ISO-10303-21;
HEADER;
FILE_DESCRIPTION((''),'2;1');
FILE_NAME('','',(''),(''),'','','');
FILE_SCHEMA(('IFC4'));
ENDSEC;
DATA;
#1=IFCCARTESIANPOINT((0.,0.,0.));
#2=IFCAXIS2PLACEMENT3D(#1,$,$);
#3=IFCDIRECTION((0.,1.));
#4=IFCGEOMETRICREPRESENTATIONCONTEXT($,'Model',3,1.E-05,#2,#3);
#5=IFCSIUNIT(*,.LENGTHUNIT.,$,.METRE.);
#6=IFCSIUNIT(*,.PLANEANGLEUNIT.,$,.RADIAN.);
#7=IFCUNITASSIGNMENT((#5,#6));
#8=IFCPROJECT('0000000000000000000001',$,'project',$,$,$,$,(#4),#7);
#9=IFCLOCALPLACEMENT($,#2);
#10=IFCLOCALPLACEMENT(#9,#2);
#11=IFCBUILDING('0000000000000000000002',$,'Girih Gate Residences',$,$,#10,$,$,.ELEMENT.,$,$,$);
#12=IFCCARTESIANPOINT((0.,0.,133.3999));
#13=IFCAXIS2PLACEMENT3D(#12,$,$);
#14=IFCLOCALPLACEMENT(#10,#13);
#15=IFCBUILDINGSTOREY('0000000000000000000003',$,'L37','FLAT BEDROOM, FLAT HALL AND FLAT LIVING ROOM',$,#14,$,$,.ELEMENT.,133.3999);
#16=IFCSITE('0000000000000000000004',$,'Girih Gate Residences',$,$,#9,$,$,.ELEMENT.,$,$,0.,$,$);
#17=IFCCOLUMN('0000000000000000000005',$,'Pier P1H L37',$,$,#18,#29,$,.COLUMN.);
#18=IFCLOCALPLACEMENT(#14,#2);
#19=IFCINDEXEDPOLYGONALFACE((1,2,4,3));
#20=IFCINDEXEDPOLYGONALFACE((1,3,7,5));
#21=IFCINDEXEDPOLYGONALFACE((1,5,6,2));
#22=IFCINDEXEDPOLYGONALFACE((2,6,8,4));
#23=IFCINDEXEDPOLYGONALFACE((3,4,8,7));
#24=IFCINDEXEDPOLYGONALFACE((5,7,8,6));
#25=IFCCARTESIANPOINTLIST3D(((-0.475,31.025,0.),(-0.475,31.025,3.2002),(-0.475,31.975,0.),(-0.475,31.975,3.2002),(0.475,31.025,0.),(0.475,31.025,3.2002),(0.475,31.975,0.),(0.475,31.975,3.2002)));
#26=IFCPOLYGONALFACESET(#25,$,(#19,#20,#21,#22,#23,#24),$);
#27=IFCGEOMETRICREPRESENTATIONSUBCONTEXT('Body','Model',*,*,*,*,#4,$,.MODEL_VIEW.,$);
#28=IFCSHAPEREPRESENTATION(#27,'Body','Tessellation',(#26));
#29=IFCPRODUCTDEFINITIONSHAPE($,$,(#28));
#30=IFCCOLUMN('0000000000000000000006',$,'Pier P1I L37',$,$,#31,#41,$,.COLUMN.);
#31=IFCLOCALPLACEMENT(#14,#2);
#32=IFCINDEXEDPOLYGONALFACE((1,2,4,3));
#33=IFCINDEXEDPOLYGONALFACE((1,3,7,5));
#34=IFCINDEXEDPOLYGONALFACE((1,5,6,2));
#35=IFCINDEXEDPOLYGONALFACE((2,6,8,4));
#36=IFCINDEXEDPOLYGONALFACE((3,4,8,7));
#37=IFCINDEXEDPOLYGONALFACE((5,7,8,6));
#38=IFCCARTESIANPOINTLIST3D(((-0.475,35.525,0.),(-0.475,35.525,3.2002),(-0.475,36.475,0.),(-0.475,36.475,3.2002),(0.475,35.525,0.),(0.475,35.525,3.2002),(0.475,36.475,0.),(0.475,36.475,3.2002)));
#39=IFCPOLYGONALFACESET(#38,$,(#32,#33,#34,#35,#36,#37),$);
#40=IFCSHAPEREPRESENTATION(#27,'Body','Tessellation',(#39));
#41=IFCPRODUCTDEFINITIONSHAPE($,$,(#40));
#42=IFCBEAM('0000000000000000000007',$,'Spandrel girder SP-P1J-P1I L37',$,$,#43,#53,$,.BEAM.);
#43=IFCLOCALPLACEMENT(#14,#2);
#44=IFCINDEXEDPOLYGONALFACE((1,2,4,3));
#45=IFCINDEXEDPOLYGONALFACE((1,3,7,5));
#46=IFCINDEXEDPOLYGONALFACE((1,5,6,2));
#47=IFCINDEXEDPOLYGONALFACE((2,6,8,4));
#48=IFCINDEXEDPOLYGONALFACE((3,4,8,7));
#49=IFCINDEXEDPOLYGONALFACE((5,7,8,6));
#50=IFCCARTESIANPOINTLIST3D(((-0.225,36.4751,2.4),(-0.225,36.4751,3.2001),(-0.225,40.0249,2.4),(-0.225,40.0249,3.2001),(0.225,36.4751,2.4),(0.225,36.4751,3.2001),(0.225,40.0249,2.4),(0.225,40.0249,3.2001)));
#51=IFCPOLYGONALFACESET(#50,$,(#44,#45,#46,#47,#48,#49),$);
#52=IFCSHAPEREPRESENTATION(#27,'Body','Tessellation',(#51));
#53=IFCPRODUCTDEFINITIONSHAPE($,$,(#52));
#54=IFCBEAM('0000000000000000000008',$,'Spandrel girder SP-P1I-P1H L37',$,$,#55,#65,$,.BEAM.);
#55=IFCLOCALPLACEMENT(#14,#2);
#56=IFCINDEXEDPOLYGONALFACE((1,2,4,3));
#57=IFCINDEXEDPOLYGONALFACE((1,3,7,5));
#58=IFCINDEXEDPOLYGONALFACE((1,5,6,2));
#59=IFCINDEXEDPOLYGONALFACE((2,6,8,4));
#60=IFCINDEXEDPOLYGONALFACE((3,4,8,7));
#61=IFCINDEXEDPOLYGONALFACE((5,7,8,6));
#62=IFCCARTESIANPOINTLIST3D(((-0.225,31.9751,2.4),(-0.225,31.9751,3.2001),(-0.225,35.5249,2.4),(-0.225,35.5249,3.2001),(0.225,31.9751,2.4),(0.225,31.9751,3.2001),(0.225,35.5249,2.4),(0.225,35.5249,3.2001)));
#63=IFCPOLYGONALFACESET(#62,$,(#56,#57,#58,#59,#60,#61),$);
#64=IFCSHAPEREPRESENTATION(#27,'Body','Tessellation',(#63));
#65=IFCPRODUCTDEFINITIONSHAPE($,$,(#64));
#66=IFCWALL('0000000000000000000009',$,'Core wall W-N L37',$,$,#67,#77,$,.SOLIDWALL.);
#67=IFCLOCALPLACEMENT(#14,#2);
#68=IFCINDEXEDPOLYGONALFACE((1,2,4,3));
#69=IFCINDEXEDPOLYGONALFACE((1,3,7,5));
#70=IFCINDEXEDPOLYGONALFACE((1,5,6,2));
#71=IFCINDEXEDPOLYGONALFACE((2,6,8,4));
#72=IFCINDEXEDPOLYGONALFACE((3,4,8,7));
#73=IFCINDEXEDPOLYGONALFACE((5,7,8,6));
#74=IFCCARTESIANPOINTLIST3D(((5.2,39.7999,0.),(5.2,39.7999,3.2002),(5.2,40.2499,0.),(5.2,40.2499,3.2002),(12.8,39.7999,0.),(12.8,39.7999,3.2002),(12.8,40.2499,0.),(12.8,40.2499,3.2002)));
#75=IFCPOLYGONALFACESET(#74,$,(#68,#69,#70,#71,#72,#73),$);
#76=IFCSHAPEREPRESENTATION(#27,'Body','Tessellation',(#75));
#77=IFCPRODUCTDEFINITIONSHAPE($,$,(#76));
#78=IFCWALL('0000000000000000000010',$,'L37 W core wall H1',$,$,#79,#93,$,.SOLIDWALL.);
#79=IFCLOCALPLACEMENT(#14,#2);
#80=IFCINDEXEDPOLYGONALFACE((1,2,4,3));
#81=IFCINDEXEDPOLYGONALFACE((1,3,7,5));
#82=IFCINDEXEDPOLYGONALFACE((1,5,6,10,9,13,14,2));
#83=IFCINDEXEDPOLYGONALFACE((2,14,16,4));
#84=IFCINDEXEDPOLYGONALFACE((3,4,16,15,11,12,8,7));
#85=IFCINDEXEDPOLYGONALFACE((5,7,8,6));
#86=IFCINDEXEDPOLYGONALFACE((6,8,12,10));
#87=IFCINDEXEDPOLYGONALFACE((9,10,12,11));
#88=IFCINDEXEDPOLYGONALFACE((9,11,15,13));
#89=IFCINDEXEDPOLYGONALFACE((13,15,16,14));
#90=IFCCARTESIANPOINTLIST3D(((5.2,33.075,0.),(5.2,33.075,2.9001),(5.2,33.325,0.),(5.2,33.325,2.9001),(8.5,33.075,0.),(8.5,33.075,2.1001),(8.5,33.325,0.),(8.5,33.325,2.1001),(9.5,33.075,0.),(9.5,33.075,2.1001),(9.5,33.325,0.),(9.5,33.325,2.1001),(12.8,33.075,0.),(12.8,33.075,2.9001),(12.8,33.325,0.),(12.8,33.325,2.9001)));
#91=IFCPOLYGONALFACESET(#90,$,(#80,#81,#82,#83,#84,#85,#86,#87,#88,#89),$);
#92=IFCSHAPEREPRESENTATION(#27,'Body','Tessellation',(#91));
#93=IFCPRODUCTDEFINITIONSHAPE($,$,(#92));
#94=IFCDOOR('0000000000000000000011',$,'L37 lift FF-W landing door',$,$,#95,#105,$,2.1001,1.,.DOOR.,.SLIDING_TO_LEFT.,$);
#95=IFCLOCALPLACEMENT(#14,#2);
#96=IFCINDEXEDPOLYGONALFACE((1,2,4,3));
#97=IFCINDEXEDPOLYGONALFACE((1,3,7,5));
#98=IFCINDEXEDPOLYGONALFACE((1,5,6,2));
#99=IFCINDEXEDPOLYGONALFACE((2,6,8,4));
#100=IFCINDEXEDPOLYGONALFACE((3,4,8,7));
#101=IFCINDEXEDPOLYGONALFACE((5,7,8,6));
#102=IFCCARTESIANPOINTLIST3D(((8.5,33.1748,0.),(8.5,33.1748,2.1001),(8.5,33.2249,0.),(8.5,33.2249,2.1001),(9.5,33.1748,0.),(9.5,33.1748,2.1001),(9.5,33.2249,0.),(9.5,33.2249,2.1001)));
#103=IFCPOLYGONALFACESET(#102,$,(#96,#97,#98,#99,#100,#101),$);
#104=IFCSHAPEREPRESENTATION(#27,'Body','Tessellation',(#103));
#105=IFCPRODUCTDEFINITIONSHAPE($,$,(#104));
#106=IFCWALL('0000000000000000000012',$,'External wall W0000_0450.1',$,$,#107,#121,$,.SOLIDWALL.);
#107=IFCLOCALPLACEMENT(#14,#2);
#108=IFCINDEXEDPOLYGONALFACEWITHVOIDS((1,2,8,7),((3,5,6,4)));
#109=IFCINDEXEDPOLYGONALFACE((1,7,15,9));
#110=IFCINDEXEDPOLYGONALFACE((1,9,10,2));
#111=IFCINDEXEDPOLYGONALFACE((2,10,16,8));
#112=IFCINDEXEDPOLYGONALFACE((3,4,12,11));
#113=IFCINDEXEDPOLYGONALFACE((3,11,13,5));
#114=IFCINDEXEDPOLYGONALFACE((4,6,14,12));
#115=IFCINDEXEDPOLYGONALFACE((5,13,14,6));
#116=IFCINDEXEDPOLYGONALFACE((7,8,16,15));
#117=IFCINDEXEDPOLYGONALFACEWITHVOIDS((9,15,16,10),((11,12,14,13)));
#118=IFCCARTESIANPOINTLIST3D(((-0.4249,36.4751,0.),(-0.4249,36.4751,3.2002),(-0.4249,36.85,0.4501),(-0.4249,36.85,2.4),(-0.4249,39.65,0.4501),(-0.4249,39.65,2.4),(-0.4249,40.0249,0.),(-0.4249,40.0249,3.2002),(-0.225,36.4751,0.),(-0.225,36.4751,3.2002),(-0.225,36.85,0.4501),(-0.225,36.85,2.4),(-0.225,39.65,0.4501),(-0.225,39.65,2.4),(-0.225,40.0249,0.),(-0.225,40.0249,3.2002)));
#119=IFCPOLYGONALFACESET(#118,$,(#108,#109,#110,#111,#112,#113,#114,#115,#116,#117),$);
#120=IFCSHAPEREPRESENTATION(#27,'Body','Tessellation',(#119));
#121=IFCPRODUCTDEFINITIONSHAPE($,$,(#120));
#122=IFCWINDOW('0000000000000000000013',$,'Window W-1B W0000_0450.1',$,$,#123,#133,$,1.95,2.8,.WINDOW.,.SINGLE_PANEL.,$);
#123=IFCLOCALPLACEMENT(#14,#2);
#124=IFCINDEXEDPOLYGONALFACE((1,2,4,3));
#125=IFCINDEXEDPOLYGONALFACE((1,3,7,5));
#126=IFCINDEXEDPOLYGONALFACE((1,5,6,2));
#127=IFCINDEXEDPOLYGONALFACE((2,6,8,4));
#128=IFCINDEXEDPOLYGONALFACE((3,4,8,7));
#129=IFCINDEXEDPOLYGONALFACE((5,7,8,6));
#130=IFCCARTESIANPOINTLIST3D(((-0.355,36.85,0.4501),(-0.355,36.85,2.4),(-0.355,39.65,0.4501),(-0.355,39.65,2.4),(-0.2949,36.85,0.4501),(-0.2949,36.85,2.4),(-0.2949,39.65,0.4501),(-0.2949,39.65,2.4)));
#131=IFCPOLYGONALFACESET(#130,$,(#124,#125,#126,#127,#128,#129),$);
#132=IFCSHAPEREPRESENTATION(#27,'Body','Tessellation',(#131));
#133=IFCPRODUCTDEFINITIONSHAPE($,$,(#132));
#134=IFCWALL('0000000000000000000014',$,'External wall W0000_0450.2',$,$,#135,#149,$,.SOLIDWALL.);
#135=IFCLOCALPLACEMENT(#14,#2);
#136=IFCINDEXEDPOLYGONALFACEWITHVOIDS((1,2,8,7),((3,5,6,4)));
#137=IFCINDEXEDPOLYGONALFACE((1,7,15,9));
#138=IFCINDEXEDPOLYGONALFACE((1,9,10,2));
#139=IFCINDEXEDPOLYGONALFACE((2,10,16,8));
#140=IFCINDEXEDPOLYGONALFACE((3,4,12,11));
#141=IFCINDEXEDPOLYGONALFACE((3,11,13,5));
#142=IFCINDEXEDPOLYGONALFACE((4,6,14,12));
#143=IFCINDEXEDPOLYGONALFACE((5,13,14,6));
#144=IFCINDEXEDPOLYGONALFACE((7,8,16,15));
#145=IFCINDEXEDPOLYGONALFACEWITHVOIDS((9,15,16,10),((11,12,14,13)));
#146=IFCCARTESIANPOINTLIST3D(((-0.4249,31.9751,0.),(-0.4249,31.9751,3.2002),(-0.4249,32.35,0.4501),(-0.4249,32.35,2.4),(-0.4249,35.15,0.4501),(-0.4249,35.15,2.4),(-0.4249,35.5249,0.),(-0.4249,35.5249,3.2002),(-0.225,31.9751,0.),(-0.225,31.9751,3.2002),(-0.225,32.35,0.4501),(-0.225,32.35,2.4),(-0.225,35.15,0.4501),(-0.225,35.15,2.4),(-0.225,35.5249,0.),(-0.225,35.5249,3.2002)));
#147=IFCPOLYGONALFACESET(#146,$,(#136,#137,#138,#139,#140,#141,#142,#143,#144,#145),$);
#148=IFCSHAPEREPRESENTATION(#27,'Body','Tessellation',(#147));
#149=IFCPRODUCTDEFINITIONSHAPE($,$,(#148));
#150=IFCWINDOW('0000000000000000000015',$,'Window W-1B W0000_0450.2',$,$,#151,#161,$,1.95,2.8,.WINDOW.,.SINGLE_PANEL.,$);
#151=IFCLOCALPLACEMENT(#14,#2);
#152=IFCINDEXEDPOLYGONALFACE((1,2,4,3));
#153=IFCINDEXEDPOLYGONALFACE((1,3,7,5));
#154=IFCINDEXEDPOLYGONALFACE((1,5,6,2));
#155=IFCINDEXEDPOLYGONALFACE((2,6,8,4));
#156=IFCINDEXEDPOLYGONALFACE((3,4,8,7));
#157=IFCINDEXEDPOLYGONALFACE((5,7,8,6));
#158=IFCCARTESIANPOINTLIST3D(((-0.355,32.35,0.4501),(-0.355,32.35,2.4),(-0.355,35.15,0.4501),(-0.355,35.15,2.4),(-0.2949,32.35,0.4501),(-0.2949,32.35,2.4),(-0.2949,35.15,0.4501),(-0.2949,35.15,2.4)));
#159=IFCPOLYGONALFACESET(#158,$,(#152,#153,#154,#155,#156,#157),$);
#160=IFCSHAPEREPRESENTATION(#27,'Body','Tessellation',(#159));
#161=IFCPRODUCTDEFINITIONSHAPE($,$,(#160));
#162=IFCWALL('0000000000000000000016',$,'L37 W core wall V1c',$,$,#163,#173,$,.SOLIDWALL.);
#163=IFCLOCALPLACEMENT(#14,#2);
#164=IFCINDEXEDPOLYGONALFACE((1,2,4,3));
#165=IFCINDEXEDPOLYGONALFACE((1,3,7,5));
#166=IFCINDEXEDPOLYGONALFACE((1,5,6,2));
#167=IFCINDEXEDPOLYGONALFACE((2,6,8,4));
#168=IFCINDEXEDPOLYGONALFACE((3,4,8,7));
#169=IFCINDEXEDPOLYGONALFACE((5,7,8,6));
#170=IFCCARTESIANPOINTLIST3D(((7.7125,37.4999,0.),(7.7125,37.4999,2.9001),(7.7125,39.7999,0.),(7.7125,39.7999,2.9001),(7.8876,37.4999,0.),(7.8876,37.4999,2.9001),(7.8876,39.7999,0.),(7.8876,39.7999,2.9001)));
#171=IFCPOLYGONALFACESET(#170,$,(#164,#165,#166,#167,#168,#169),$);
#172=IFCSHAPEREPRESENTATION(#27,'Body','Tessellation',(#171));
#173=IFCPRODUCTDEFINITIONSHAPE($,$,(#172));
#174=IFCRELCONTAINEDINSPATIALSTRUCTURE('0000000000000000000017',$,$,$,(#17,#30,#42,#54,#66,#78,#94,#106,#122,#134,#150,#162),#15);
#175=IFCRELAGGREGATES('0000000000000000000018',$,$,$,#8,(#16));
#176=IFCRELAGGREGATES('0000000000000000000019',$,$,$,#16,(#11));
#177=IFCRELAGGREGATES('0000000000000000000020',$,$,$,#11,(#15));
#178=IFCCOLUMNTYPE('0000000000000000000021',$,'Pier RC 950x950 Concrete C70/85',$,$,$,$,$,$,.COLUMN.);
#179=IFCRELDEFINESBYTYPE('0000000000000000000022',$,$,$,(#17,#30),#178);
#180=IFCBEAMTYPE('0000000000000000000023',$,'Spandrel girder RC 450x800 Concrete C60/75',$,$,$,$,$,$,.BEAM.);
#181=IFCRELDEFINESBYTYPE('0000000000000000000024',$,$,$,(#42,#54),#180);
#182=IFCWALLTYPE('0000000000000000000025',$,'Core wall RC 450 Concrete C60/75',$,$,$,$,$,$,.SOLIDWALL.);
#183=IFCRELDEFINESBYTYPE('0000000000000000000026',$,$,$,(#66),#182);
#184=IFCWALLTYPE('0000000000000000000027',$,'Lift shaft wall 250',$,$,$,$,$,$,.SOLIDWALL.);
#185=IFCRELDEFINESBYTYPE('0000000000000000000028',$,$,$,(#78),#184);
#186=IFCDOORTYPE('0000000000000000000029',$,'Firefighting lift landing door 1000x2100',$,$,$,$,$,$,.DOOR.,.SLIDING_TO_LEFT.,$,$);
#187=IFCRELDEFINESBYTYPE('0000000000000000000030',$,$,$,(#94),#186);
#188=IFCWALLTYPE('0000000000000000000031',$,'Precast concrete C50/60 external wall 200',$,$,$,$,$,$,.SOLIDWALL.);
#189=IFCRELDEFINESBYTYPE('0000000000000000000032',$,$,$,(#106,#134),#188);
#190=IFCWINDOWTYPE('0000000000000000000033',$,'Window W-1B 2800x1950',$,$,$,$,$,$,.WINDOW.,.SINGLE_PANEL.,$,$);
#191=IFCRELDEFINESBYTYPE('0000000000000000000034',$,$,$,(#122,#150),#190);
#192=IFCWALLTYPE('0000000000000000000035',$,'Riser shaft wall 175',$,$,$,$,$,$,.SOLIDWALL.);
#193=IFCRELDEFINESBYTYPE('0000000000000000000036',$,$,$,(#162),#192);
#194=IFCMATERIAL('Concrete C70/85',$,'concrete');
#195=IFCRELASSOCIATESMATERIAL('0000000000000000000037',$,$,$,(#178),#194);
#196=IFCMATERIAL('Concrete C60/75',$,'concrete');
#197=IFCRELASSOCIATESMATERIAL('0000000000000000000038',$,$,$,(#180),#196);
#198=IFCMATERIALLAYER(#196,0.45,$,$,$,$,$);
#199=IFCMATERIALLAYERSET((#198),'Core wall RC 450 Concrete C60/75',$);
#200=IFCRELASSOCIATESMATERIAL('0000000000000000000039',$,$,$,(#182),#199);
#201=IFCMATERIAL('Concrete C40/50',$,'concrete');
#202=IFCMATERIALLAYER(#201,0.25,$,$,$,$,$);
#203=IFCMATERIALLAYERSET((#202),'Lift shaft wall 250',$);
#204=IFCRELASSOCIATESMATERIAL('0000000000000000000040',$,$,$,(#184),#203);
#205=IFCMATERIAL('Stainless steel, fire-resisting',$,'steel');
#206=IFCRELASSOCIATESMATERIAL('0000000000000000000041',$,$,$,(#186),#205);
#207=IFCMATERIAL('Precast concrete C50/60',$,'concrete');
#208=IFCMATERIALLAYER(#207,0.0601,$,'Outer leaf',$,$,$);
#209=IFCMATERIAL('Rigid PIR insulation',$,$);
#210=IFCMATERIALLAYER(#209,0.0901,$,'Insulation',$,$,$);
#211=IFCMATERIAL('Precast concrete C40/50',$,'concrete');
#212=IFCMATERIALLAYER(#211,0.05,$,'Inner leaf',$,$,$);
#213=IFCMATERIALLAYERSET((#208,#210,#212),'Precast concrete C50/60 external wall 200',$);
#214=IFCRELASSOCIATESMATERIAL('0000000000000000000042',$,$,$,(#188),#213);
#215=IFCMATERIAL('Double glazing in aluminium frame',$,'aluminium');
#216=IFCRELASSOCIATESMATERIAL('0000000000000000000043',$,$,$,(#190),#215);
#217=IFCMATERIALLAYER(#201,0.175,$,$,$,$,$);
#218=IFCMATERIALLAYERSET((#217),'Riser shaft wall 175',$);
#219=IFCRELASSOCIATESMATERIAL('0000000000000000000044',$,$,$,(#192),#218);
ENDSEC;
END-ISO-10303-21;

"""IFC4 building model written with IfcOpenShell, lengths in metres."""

from ifc_helpers import new_model, si_unit, direction, frame, frame_2d, origin, origin_2d, place, context, subcontext, project, spatial, rectangle, extrude, material, layer, layer_set, material_profile, profile_set, type_object, element, fill, save


model = new_model("IFC4")

# Units and contexts
model_context = context("Model", 3, precision=1e-05, world=origin(), true_north=direction((0.0, 1.0)))
body_context = subcontext(model_context, "Body", "Model", "MODEL_VIEW")
ifc_project = project(units=[si_unit("LENGTHUNIT", "METRE"), si_unit("PLANEANGLEUNIT", "RADIAN")], contexts=[model_context])

# Site, building, storey
site_placement = place(None, origin())
site = spatial("IfcSite", under=ifc_project, at=site_placement, Name="Girih Gate Residences", CompositionType="ELEMENT", RefElevation=0.0)
building_placement = place(site_placement, origin())
building = spatial("IfcBuilding", under=site, at=building_placement, Name="Girih Gate Residences", CompositionType="ELEMENT")
storey_placement = place(building_placement, frame((0.0, 0.0, 133.3999)))
storey = spatial("IfcBuildingStorey", under=building, at=storey_placement, Name="L37", Description="FLAT BEDROOM, FLAT HALL AND FLAT LIVING ROOM", CompositionType="ELEMENT", Elevation=133.3999)

# Columns
ifc_material_1 = material(Name="Concrete C70/85", Category="concrete")
ifc_material_profile_1 = material_profile(ifc_material_1, rectangle(XDim=0.95, YDim=0.95, at=origin_2d()))
ifc_profile_set_1 = profile_set([ifc_material_profile_1], Name="Concrete C70/85")
column_type = type_object("IfcColumnType", Name="Pier RC 950x950 Concrete C70/85", PredefinedType="COLUMN", material=ifc_profile_set_1)
for number, where, z_axis, x_axis, name in (
    (1, (0.0, 31.5, 0.0), (0.0, 0.0, 1.0), (1.0, 0.0, 0.0), "Pier P1H L37"),
    (2, (0.0, 36.0, 0.0), (0.0, 0.0, 1.0), (1.0, 0.0, 0.0), "Pier P1I L37"),
):
    element("IfcColumn", number, at=place(storey_placement, frame(where, z_axis=z_axis, x_axis=x_axis)), inside=storey, type_object=column_type, Name=name, PredefinedType="COLUMN", context=body_context, shape_type="SweptSolid", body=[
        extrude(rectangle(XDim=0.95, YDim=0.95, at=origin_2d()), origin(), (0.0, 0.0, 1.0), 3.2002),
    ])

# Beams
ifc_material_2 = material(Name="Concrete C60/75", Category="concrete")
ifc_material_profile_2 = material_profile(ifc_material_2, rectangle(XDim=0.45, YDim=0.8, at=origin_2d()))
ifc_profile_set_2 = profile_set([ifc_material_profile_2], Name="Concrete C60/75")
beam_type = type_object("IfcBeamType", Name="Spandrel girder RC 450x800 Concrete C60/75", PredefinedType="BEAM", material=ifc_profile_set_2)
for number, where, z_axis, x_axis, name in (
    (3, (0.0, 40.0249, 2.8), (0.0, -1.0, 0.0), (1.0, 0.0, 0.0), "Spandrel girder SP-P1J-P1I L37"),
    (4, (0.0, 35.5249, 2.8), (0.0, -1.0, 0.0), (1.0, 0.0, 0.0), "Spandrel girder SP-P1I-P1H L37"),
):
    element("IfcBeam", number, at=place(storey_placement, frame(where, z_axis=z_axis, x_axis=x_axis)), inside=storey, type_object=beam_type, Name=name, PredefinedType="BEAM", context=body_context, shape_type="SweptSolid", body=[
        extrude(rectangle(XDim=0.45, YDim=0.8, at=origin_2d()), origin(), (0.0, 0.0, 1.0), 3.5498),
    ])

# Wall
ifc_layer_1 = layer(ifc_material_2, 0.45)
ifc_layer_set_1 = layer_set([ifc_layer_1], Name="Core wall RC 450 Concrete C60/75")
wall_type_1 = type_object("IfcWallType", Name="Core wall RC 450 Concrete C60/75", PredefinedType="SOLIDWALL", material=ifc_layer_set_1)
wall_1_placement = place(storey_placement, frame((5.2, 40.0249, 0.0), z_axis=(0.0, 0.0, 1.0), x_axis=(1.0, 0.0, 0.0)))
element("IfcWall", 5, at=wall_1_placement, inside=storey, type_object=wall_type_1, Name="Core wall W-N L37", PredefinedType="SOLIDWALL", context=body_context, shape_type="SweptSolid", body=[
    extrude(rectangle(XDim=7.6001, YDim=0.45, at=frame_2d((3.8, 0.0))), origin(), (0.0, 0.0, 1.0), 3.2002),
])

# Wall, opening, door
ifc_material_3 = material(Name="Concrete C40/50", Category="concrete")
ifc_layer_2 = layer(ifc_material_3, 0.25)
ifc_layer_set_2 = layer_set([ifc_layer_2], Name="Lift shaft wall 250")
wall_type_2 = type_object("IfcWallType", Name="Lift shaft wall 250", PredefinedType="SOLIDWALL", material=ifc_layer_set_2)
wall_2_placement = place(storey_placement, frame((5.2, 33.2, 0.0), z_axis=(0.0, 0.0, 1.0), x_axis=(1.0, 0.0, 0.0)))
wall_2 = element("IfcWall", 6, at=wall_2_placement, inside=storey, type_object=wall_type_2, Name="L37 W core wall H1", PredefinedType="SOLIDWALL", context=body_context, shape_type="SweptSolid", body=[
    extrude(rectangle(XDim=7.6001, YDim=0.25, at=frame_2d((3.8, 0.0))), origin(), (0.0, 0.0, 1.0), 2.9001),
])
opening_1_placement = place(wall_2_placement, frame((3.3, 0.0, 0.0)))
opening_1 = element("IfcOpeningElement", 7, at=opening_1_placement, cuts=wall_2, PredefinedType="OPENING", context=body_context, shape_type="SweptSolid", body=[
    extrude(rectangle(XDim=1.0, YDim=2.1001, at=frame_2d((0.5, 1.05))), frame((0.0, 0.135, 0.0), z_axis=(0.0, -1.0, 0.0), x_axis=(1.0, 0.0, 0.0)), (0.0, 0.0, 1.0), 0.27),
])
ifc_material_4 = material(Name="Stainless steel, fire-resisting", Category="steel")
door_type_1 = type_object("IfcDoorType", Name="Firefighting lift landing door 1000x2100", OperationType="SLIDING_TO_LEFT", PredefinedType="DOOR", material=ifc_material_4)
door_1_placement = place(opening_1_placement, origin())
door_1 = element("IfcDoor", 8, at=door_1_placement, inside=storey, type_object=door_type_1, Name="L37 lift FF-W landing door", OperationType="SLIDING_TO_LEFT", OverallHeight=2.1001, OverallWidth=1.0, PredefinedType="DOOR", context=body_context, shape_type="SweptSolid", body=[
    extrude(rectangle(XDim=1.0, YDim=2.1001, at=frame_2d((0.5, 1.05))), frame((0.0, 0.0249, 0.0), z_axis=(0.0, -1.0, 0.0), x_axis=(1.0, 0.0, 0.0)), (0.0, 0.0, 1.0), 0.05),
])
fill(opening_1, door_1)

# Walls, openings, windows
ifc_material_5 = material(Name="Precast concrete C50/60", Category="concrete")
ifc_layer_3 = layer(ifc_material_5, 0.0601, Name="Outer leaf")
ifc_material_6 = material(Name="Rigid PIR insulation")
ifc_layer_4 = layer(ifc_material_6, 0.0901, Name="Insulation")
ifc_material_7 = material(Name="Precast concrete C40/50", Category="concrete")
ifc_layer_5 = layer(ifc_material_7, 0.05, Name="Inner leaf")
ifc_layer_set_3 = layer_set([ifc_layer_3, ifc_layer_4, ifc_layer_5], Name="Precast concrete C50/60 external wall 200")
wall_type_3 = type_object("IfcWallType", Name="Precast concrete C50/60 external wall 200", PredefinedType="SOLIDWALL", material=ifc_layer_set_3)
wall_3_placement = place(storey_placement, frame((-0.325, 36.4751, 0.0), z_axis=(0.0, 0.0, 1.0), x_axis=(0.0, 1.0, 0.0)))
wall_3 = element("IfcWall", 9, at=wall_3_placement, inside=storey, type_object=wall_type_3, Name="External wall W0000_0450.1", PredefinedType="SOLIDWALL", context=body_context, shape_type="SweptSolid", body=[
    extrude(rectangle(XDim=3.5498, YDim=0.2, at=frame_2d((1.7749, 0.0))), origin(), (0.0, 0.0, 1.0), 3.2002),
])
opening_2_placement = place(wall_3_placement, frame((0.375, 0.0, 0.45)))
opening_2 = element("IfcOpeningElement", 10, at=opening_2_placement, cuts=wall_3, PredefinedType="OPENING", context=body_context, shape_type="SweptSolid", body=[
    extrude(rectangle(XDim=2.8, YDim=1.95, at=frame_2d((1.3999, 0.9751))), frame((0.0, 0.1099, 0.0), z_axis=(0.0, -1.0, 0.0), x_axis=(1.0, 0.0, 0.0)), (0.0, 0.0, 1.0), 0.22),
])
ifc_material_8 = material(Name="Double glazing in aluminium frame", Category="aluminium")
window_type = type_object("IfcWindowType", Name="Window W-1B 2800x1950", PartitioningType="SINGLE_PANEL", PredefinedType="WINDOW", material=ifc_material_8)
window_1_placement = place(opening_2_placement, origin())
window_1 = element("IfcWindow", 11, at=window_1_placement, inside=storey, type_object=window_type, Name="Window W-1B W0000_0450.1", OverallHeight=1.95, OverallWidth=2.8, PartitioningType="SINGLE_PANEL", PredefinedType="WINDOW", context=body_context, shape_type="SweptSolid", body=[
    extrude(rectangle(XDim=2.8, YDim=1.95, at=frame_2d((1.3999, 0.9751))), frame((0.0, 0.03, 0.0), z_axis=(0.0, -1.0, 0.0), x_axis=(1.0, 0.0, 0.0)), (0.0, 0.0, 1.0), 0.0601),
])
fill(opening_2, window_1)
wall_4_placement = place(storey_placement, frame((-0.325, 31.9751, 0.0), z_axis=(0.0, 0.0, 1.0), x_axis=(0.0, 1.0, 0.0)))
wall_4 = element("IfcWall", 12, at=wall_4_placement, inside=storey, type_object=wall_type_3, Name="External wall W0000_0450.2", PredefinedType="SOLIDWALL", context=body_context, shape_type="SweptSolid", body=[
    extrude(rectangle(XDim=3.5498, YDim=0.2, at=frame_2d((1.7749, 0.0))), origin(), (0.0, 0.0, 1.0), 3.2002),
])
opening_3_placement = place(wall_4_placement, frame((0.375, 0.0, 0.45)))
opening_3 = element("IfcOpeningElement", 13, at=opening_3_placement, cuts=wall_4, PredefinedType="OPENING", context=body_context, shape_type="SweptSolid", body=[
    extrude(rectangle(XDim=2.8, YDim=1.95, at=frame_2d((1.3999, 0.9751))), frame((0.0, 0.1099, 0.0), z_axis=(0.0, -1.0, 0.0), x_axis=(1.0, 0.0, 0.0)), (0.0, 0.0, 1.0), 0.22),
])
window_2_placement = place(opening_3_placement, origin())
window_2 = element("IfcWindow", 14, at=window_2_placement, inside=storey, type_object=window_type, Name="Window W-1B W0000_0450.2", OverallHeight=1.95, OverallWidth=2.8, PartitioningType="SINGLE_PANEL", PredefinedType="WINDOW", context=body_context, shape_type="SweptSolid", body=[
    extrude(rectangle(XDim=2.8, YDim=1.95, at=frame_2d((1.3999, 0.9751))), frame((0.0, 0.03, 0.0), z_axis=(0.0, -1.0, 0.0), x_axis=(1.0, 0.0, 0.0)), (0.0, 0.0, 1.0), 0.0601),
])
fill(opening_3, window_2)

# Wall
ifc_layer_6 = layer(ifc_material_3, 0.175)
ifc_layer_set_4 = layer_set([ifc_layer_6], Name="Riser shaft wall 175")
wall_type_4 = type_object("IfcWallType", Name="Riser shaft wall 175", PredefinedType="SOLIDWALL", material=ifc_layer_set_4)
wall_5_placement = place(storey_placement, frame((7.8, 37.5, 0.0), z_axis=(0.0, 0.0, 1.0), x_axis=(0.0, 1.0, 0.0)))
element("IfcWall", 15, at=wall_5_placement, inside=storey, type_object=wall_type_4, Name="L37 W core wall V1c", PredefinedType="SOLIDWALL", context=body_context, shape_type="SweptSolid", body=[
    extrude(rectangle(XDim=2.3, YDim=0.175, at=frame_2d((1.1499, 0.0))), origin(), (0.0, 0.0, 1.0), 2.9001),
])

save(model, "model.ifc")
